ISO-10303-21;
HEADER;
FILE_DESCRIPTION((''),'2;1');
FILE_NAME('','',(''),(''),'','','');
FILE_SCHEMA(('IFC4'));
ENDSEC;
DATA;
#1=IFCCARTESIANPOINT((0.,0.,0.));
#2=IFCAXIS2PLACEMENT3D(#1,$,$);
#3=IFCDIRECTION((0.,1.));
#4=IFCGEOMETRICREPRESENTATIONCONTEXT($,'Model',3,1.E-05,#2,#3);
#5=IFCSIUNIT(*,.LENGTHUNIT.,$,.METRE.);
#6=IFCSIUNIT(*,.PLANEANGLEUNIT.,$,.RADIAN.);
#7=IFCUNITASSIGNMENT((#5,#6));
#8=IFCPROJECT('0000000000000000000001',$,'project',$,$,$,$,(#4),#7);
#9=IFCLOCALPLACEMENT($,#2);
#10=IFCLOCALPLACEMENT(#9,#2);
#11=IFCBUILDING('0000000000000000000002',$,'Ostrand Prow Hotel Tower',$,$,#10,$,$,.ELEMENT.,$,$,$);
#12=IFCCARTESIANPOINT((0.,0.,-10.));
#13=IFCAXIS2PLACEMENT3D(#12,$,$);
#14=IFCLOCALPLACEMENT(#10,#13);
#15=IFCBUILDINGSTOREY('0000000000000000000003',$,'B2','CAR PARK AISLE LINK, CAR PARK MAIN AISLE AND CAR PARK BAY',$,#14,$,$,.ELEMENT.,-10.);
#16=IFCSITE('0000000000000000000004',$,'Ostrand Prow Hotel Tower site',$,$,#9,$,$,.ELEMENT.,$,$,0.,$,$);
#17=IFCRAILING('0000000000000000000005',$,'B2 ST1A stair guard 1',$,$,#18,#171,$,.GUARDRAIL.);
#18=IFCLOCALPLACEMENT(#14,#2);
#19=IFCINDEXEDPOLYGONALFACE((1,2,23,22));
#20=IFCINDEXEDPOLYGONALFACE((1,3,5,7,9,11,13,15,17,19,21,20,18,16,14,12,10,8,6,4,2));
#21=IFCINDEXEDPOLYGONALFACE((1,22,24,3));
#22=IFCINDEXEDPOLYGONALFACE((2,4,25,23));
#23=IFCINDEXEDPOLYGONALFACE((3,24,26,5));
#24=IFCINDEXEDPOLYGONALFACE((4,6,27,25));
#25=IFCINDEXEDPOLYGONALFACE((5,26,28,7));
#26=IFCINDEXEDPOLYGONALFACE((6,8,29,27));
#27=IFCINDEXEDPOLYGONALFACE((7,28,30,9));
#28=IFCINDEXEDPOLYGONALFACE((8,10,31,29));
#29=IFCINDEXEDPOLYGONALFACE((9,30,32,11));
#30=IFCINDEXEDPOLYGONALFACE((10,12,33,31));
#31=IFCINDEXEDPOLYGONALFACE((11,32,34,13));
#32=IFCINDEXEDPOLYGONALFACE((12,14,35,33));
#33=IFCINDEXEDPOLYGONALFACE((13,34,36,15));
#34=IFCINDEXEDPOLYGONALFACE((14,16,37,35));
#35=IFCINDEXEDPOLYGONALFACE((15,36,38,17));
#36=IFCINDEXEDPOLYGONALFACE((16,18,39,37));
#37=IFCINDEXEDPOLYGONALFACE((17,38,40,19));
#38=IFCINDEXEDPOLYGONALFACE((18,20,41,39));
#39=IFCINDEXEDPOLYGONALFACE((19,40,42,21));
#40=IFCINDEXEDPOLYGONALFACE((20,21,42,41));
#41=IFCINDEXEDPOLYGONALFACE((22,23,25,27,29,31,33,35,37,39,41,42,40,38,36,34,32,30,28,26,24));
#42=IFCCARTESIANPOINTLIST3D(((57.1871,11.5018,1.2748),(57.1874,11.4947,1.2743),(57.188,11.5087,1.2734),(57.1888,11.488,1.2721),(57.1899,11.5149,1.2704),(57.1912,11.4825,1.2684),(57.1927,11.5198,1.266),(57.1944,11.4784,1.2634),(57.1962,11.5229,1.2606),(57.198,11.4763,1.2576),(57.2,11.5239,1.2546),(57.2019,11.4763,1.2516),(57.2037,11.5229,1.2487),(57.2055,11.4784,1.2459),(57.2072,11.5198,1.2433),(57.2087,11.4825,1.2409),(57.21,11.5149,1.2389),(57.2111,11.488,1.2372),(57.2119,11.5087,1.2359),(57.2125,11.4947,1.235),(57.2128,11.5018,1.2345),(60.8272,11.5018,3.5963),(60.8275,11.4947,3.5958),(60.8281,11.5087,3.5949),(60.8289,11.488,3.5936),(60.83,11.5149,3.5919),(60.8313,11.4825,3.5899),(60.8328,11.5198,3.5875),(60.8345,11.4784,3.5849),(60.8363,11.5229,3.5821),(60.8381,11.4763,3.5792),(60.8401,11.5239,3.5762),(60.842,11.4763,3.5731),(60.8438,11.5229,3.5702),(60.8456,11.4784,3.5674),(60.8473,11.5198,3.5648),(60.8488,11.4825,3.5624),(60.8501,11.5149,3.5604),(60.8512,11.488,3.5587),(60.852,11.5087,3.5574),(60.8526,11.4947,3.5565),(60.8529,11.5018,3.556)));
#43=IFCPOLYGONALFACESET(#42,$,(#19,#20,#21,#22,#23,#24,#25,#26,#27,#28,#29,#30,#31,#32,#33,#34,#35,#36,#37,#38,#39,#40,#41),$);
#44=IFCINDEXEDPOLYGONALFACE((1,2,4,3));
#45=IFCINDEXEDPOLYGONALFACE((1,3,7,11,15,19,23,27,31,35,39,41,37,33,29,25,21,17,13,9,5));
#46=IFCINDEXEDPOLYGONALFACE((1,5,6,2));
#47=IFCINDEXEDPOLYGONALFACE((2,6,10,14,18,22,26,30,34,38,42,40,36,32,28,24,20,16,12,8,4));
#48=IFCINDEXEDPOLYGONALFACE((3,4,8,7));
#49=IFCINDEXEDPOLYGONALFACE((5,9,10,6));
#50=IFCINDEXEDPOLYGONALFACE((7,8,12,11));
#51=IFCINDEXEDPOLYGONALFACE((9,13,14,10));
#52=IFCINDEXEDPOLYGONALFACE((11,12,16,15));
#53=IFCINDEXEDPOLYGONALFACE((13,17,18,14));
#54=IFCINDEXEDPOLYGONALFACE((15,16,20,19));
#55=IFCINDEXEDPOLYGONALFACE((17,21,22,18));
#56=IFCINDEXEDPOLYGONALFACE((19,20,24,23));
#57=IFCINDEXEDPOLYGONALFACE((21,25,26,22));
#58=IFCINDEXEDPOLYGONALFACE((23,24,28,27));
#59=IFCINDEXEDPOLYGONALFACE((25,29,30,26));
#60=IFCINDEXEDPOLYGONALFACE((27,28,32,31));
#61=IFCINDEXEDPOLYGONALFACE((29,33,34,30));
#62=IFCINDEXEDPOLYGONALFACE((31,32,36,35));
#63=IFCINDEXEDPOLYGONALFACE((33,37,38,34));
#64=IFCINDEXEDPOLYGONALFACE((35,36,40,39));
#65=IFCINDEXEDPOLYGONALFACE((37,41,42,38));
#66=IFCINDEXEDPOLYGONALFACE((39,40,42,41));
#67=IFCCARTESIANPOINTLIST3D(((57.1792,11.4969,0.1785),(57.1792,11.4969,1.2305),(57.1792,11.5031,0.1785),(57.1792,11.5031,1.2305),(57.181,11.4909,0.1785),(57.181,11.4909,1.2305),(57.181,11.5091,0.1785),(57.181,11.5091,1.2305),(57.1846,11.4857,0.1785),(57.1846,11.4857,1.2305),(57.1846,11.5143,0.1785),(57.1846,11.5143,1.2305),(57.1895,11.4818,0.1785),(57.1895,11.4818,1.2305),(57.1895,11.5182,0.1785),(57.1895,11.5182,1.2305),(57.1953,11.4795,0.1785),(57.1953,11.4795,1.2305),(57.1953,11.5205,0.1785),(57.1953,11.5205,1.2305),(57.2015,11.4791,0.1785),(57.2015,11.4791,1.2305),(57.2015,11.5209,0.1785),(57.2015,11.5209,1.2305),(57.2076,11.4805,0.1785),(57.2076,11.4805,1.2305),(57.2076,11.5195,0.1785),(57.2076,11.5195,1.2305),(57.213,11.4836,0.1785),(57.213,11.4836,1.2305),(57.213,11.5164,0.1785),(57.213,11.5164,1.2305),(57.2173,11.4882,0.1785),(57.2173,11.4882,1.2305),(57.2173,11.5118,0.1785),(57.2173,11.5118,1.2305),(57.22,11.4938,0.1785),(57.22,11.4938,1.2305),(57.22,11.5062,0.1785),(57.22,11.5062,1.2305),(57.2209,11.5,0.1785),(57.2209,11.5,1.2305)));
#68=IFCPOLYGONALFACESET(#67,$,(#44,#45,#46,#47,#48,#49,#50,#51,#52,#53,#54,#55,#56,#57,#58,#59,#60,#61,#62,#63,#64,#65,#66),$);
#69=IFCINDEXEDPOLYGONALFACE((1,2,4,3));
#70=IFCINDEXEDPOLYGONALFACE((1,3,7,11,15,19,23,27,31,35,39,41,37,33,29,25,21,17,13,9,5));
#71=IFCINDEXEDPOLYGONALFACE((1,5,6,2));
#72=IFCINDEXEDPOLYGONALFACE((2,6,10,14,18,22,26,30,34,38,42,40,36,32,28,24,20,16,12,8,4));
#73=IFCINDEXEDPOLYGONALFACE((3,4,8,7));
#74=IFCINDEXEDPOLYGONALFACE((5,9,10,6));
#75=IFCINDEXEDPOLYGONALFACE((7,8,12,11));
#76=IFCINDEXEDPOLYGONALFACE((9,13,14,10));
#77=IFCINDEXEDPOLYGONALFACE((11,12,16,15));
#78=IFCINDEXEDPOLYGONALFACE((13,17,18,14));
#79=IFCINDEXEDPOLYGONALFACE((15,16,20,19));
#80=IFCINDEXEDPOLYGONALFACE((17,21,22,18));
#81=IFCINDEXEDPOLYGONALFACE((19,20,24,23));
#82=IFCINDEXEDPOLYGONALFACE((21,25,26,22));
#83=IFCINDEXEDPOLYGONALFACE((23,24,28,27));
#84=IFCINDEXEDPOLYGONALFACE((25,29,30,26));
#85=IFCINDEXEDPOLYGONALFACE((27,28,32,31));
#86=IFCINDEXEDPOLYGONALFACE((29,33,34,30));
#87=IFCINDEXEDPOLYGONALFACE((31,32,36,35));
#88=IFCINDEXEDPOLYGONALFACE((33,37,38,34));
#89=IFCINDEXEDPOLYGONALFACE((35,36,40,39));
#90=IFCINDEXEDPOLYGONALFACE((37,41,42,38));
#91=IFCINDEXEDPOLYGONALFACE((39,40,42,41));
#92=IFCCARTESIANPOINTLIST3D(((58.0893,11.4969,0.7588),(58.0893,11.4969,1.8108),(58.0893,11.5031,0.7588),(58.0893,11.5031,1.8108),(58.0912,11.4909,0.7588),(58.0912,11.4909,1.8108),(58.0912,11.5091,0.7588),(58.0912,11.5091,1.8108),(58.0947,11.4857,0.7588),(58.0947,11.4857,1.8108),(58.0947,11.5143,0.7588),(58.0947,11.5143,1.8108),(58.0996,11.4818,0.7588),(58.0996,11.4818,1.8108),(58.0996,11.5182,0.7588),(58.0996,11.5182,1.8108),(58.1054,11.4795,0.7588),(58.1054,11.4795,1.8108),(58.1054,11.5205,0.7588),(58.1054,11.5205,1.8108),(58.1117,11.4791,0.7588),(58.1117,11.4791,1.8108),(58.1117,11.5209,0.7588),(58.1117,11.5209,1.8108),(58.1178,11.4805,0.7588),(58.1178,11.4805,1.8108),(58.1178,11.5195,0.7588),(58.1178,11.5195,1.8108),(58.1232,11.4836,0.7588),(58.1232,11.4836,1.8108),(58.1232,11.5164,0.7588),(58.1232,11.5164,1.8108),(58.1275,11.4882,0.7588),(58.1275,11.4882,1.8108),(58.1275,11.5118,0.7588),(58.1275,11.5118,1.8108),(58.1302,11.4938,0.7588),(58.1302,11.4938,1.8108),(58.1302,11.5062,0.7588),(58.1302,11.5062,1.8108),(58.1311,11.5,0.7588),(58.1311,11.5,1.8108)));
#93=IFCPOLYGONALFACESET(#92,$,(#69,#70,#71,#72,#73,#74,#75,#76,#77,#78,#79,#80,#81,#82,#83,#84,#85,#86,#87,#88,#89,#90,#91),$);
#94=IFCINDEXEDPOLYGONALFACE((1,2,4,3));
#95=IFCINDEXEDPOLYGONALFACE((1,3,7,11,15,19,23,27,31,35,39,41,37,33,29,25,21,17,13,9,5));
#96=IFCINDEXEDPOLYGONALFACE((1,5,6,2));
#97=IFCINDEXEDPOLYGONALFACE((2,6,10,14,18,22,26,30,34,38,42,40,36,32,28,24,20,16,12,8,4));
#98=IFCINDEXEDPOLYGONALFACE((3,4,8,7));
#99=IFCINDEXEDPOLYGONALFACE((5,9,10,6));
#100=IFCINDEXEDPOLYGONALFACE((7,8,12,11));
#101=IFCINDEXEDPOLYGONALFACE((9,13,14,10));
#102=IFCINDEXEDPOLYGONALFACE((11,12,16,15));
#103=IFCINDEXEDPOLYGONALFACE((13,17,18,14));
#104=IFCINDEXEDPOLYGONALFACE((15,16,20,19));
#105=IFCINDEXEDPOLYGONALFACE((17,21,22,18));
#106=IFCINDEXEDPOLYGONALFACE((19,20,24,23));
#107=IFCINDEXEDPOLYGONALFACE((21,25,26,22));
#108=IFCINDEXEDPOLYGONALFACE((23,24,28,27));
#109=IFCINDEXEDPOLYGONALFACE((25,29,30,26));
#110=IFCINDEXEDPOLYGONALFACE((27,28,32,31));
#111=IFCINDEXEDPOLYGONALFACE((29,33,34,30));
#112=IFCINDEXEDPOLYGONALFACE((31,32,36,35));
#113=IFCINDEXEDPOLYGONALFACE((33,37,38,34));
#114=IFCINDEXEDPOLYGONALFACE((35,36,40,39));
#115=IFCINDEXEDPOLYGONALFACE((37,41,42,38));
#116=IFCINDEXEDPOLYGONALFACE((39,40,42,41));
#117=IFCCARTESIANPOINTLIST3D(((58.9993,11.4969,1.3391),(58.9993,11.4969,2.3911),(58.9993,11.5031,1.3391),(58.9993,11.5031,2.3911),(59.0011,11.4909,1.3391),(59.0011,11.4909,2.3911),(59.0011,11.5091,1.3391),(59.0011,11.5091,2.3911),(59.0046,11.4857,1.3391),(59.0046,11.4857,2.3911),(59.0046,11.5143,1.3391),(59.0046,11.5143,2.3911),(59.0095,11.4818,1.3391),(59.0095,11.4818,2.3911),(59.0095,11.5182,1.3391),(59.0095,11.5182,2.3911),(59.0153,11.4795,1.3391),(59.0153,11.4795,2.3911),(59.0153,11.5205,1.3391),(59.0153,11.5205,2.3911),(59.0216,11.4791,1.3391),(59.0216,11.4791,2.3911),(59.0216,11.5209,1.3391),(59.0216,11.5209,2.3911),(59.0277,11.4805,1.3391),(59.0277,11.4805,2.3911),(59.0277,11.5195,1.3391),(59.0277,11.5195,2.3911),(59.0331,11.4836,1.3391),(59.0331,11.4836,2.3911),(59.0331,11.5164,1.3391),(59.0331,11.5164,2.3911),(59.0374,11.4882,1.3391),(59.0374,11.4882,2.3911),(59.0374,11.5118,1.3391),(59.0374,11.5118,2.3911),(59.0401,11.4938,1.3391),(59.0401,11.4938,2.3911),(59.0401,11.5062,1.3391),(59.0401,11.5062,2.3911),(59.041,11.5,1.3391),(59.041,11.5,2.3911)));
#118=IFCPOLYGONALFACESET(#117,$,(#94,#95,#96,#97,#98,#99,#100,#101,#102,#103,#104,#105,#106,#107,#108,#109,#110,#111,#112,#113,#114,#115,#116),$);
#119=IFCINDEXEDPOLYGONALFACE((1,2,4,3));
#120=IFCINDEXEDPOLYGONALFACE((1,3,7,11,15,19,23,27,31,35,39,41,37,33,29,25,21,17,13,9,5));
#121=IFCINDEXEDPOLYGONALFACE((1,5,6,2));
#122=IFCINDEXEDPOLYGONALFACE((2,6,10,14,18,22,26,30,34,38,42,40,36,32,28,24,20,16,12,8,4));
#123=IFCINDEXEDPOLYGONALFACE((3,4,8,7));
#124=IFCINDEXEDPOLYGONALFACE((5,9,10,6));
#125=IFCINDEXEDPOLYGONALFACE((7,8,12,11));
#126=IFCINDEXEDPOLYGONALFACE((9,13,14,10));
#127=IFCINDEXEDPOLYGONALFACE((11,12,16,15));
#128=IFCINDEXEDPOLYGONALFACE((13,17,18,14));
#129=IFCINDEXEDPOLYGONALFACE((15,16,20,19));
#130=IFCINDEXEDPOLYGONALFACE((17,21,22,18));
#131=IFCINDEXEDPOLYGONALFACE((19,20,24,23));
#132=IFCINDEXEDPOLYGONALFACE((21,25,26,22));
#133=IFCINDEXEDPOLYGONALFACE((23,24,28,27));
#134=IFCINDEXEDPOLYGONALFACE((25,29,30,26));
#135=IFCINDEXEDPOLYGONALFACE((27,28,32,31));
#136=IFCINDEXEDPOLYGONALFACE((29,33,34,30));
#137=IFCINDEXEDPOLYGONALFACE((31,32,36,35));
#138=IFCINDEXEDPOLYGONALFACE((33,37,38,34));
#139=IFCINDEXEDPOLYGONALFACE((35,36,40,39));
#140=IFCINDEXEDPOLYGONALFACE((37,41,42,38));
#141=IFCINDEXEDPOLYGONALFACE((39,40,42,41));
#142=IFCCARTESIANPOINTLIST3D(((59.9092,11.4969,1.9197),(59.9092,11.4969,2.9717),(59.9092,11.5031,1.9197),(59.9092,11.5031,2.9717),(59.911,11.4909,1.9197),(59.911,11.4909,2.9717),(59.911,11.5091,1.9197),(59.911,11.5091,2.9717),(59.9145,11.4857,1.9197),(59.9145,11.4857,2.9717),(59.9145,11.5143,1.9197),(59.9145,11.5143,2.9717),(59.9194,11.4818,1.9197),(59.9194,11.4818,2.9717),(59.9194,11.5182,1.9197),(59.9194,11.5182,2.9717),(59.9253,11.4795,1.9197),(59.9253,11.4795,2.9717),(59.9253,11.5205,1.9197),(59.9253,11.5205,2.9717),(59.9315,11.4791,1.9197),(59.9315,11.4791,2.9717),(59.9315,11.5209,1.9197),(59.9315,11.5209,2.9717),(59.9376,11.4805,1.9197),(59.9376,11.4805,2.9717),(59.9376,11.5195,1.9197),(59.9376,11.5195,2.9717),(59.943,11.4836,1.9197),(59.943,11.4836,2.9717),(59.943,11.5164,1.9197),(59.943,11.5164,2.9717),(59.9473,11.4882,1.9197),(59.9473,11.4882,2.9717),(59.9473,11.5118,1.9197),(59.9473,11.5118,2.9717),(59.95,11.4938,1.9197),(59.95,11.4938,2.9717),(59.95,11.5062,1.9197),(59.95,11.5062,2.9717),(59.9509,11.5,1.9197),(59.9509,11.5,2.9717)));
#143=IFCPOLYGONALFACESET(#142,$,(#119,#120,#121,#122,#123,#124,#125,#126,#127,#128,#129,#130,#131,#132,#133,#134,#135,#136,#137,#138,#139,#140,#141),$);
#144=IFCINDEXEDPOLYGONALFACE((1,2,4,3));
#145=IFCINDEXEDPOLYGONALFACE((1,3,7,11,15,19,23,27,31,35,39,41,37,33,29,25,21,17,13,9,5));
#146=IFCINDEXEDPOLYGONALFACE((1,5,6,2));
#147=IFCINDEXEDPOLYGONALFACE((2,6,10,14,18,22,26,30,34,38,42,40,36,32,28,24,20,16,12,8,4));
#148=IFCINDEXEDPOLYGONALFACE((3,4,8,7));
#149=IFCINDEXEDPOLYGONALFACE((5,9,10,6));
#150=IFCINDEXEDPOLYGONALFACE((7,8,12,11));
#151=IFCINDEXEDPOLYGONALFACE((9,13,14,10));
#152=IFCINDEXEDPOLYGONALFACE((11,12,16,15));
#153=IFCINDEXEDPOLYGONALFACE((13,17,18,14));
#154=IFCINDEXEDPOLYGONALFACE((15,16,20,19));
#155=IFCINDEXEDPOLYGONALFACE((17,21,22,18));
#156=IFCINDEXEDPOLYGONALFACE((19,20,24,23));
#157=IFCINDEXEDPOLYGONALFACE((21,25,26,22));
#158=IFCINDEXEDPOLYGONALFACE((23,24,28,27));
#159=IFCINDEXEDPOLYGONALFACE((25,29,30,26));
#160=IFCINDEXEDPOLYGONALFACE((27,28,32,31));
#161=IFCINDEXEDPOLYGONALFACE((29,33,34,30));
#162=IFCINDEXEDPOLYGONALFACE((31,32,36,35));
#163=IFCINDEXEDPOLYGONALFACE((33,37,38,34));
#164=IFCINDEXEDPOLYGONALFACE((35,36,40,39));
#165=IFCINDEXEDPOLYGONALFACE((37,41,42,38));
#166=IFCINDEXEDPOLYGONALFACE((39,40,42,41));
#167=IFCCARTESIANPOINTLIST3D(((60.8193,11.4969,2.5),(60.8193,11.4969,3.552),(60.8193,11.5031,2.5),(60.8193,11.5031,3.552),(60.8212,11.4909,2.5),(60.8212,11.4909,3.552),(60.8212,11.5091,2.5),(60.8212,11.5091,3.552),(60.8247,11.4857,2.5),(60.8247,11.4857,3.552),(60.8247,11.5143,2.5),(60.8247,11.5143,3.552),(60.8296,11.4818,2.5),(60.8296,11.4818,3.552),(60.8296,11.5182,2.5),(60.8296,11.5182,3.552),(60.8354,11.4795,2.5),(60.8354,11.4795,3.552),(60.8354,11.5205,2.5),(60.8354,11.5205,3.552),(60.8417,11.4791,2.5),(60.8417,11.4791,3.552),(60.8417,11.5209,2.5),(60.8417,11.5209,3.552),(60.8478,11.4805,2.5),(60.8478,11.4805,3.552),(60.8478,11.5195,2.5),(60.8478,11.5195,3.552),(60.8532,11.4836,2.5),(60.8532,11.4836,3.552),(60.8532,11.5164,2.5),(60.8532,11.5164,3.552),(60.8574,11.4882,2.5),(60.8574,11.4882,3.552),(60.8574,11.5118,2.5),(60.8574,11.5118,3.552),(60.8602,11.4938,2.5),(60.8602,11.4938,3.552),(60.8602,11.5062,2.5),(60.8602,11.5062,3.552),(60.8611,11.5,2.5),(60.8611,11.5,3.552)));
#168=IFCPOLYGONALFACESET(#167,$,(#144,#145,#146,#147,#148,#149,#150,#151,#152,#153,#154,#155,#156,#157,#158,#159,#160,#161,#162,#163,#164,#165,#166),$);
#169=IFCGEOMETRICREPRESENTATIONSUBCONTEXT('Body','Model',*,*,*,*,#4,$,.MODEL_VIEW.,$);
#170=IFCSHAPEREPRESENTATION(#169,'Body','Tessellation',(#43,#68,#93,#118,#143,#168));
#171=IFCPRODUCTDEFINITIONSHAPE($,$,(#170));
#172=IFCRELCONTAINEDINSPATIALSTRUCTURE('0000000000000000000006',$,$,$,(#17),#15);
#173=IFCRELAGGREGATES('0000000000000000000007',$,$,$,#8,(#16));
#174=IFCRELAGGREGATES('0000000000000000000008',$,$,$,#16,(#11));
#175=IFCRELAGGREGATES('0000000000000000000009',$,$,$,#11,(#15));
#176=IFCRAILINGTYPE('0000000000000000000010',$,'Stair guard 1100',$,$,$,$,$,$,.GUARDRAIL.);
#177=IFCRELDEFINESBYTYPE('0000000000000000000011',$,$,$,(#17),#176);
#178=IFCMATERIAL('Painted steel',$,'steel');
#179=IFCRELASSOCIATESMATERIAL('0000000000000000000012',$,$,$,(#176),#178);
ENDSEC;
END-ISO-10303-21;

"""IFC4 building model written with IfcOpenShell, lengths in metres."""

from ifc_helpers import new_model, si_unit, direction, frame, origin, origin_2d, place, context, subcontext, project, spatial, circle, extrude, material, type_object, element, save


model = new_model("IFC4")

# Units and contexts
model_context = context("Model", 3, precision=1e-05, world=origin(), true_north=direction((0.0, 1.0)))
body_context = subcontext(model_context, "Body", "Model", "MODEL_VIEW")
ifc_project = project(units=[si_unit("LENGTHUNIT", "METRE"), si_unit("PLANEANGLEUNIT", "RADIAN")], contexts=[model_context])

# Site, building, storey
site_placement = place(None, origin())
site = spatial("IfcSite", under=ifc_project, at=site_placement, Name="Ostrand Prow Hotel Tower site", CompositionType="ELEMENT", RefElevation=0.0)
building_placement = place(site_placement, origin())
building = spatial("IfcBuilding", under=site, at=building_placement, Name="Ostrand Prow Hotel Tower", CompositionType="ELEMENT")
storey_placement = place(building_placement, frame((0.0, 0.0, -10.0)))
storey = spatial("IfcBuildingStorey", under=building, at=storey_placement, Name="B2", Description="CAR PARK AISLE LINK, CAR PARK MAIN AISLE AND CAR PARK BAY", CompositionType="ELEMENT", Elevation=-10.0)

# Railing
ifc_material_1 = material(Name="Painted steel", Category="steel")
railing_type_1 = type_object("IfcRailingType", Name="Stair guard 1100", PredefinedType="GUARDRAIL", material=ifc_material_1)
railing_1_placement = place(storey_placement, frame((57.2, 11.5, 0.1785)))
element("IfcRailing", 1, at=railing_1_placement, inside=storey, type_object=railing_type_1, Name="B2 ST1A stair guard 1", PredefinedType="GUARDRAIL", context=body_context, shape_type="SweptSolid", body=[
    extrude(circle(Radius=0.0239, at=origin_2d()), frame((0.0, 0.0, 1.0762), z_axis=(0.843128, 0.0, 0.537713), x_axis=(0.0, 1.0, 0.0)), (0.0, 0.0, 1.0), 4.3174),
    extrude(circle(Radius=0.021, at=origin_2d()), origin(), (0.0, 0.0, 1.0), 1.052),
    extrude(circle(Radius=0.021, at=origin_2d()), frame((0.9102, 0.0, 0.5803)), (0.0, 0.0, 1.0), 1.052),
    extrude(circle(Radius=0.021, at=origin_2d()), frame((1.8201, 0.0, 1.1606)), (0.0, 0.0, 1.0), 1.052),
    extrude(circle(Radius=0.021, at=origin_2d()), frame((2.73, 0.0, 1.7412)), (0.0, 0.0, 1.0), 1.052),
    extrude(circle(Radius=0.021, at=origin_2d()), frame((3.6401, 0.0, 2.3215)), (0.0, 0.0, 1.0), 1.052),
])

save(model, "model.ifc")
